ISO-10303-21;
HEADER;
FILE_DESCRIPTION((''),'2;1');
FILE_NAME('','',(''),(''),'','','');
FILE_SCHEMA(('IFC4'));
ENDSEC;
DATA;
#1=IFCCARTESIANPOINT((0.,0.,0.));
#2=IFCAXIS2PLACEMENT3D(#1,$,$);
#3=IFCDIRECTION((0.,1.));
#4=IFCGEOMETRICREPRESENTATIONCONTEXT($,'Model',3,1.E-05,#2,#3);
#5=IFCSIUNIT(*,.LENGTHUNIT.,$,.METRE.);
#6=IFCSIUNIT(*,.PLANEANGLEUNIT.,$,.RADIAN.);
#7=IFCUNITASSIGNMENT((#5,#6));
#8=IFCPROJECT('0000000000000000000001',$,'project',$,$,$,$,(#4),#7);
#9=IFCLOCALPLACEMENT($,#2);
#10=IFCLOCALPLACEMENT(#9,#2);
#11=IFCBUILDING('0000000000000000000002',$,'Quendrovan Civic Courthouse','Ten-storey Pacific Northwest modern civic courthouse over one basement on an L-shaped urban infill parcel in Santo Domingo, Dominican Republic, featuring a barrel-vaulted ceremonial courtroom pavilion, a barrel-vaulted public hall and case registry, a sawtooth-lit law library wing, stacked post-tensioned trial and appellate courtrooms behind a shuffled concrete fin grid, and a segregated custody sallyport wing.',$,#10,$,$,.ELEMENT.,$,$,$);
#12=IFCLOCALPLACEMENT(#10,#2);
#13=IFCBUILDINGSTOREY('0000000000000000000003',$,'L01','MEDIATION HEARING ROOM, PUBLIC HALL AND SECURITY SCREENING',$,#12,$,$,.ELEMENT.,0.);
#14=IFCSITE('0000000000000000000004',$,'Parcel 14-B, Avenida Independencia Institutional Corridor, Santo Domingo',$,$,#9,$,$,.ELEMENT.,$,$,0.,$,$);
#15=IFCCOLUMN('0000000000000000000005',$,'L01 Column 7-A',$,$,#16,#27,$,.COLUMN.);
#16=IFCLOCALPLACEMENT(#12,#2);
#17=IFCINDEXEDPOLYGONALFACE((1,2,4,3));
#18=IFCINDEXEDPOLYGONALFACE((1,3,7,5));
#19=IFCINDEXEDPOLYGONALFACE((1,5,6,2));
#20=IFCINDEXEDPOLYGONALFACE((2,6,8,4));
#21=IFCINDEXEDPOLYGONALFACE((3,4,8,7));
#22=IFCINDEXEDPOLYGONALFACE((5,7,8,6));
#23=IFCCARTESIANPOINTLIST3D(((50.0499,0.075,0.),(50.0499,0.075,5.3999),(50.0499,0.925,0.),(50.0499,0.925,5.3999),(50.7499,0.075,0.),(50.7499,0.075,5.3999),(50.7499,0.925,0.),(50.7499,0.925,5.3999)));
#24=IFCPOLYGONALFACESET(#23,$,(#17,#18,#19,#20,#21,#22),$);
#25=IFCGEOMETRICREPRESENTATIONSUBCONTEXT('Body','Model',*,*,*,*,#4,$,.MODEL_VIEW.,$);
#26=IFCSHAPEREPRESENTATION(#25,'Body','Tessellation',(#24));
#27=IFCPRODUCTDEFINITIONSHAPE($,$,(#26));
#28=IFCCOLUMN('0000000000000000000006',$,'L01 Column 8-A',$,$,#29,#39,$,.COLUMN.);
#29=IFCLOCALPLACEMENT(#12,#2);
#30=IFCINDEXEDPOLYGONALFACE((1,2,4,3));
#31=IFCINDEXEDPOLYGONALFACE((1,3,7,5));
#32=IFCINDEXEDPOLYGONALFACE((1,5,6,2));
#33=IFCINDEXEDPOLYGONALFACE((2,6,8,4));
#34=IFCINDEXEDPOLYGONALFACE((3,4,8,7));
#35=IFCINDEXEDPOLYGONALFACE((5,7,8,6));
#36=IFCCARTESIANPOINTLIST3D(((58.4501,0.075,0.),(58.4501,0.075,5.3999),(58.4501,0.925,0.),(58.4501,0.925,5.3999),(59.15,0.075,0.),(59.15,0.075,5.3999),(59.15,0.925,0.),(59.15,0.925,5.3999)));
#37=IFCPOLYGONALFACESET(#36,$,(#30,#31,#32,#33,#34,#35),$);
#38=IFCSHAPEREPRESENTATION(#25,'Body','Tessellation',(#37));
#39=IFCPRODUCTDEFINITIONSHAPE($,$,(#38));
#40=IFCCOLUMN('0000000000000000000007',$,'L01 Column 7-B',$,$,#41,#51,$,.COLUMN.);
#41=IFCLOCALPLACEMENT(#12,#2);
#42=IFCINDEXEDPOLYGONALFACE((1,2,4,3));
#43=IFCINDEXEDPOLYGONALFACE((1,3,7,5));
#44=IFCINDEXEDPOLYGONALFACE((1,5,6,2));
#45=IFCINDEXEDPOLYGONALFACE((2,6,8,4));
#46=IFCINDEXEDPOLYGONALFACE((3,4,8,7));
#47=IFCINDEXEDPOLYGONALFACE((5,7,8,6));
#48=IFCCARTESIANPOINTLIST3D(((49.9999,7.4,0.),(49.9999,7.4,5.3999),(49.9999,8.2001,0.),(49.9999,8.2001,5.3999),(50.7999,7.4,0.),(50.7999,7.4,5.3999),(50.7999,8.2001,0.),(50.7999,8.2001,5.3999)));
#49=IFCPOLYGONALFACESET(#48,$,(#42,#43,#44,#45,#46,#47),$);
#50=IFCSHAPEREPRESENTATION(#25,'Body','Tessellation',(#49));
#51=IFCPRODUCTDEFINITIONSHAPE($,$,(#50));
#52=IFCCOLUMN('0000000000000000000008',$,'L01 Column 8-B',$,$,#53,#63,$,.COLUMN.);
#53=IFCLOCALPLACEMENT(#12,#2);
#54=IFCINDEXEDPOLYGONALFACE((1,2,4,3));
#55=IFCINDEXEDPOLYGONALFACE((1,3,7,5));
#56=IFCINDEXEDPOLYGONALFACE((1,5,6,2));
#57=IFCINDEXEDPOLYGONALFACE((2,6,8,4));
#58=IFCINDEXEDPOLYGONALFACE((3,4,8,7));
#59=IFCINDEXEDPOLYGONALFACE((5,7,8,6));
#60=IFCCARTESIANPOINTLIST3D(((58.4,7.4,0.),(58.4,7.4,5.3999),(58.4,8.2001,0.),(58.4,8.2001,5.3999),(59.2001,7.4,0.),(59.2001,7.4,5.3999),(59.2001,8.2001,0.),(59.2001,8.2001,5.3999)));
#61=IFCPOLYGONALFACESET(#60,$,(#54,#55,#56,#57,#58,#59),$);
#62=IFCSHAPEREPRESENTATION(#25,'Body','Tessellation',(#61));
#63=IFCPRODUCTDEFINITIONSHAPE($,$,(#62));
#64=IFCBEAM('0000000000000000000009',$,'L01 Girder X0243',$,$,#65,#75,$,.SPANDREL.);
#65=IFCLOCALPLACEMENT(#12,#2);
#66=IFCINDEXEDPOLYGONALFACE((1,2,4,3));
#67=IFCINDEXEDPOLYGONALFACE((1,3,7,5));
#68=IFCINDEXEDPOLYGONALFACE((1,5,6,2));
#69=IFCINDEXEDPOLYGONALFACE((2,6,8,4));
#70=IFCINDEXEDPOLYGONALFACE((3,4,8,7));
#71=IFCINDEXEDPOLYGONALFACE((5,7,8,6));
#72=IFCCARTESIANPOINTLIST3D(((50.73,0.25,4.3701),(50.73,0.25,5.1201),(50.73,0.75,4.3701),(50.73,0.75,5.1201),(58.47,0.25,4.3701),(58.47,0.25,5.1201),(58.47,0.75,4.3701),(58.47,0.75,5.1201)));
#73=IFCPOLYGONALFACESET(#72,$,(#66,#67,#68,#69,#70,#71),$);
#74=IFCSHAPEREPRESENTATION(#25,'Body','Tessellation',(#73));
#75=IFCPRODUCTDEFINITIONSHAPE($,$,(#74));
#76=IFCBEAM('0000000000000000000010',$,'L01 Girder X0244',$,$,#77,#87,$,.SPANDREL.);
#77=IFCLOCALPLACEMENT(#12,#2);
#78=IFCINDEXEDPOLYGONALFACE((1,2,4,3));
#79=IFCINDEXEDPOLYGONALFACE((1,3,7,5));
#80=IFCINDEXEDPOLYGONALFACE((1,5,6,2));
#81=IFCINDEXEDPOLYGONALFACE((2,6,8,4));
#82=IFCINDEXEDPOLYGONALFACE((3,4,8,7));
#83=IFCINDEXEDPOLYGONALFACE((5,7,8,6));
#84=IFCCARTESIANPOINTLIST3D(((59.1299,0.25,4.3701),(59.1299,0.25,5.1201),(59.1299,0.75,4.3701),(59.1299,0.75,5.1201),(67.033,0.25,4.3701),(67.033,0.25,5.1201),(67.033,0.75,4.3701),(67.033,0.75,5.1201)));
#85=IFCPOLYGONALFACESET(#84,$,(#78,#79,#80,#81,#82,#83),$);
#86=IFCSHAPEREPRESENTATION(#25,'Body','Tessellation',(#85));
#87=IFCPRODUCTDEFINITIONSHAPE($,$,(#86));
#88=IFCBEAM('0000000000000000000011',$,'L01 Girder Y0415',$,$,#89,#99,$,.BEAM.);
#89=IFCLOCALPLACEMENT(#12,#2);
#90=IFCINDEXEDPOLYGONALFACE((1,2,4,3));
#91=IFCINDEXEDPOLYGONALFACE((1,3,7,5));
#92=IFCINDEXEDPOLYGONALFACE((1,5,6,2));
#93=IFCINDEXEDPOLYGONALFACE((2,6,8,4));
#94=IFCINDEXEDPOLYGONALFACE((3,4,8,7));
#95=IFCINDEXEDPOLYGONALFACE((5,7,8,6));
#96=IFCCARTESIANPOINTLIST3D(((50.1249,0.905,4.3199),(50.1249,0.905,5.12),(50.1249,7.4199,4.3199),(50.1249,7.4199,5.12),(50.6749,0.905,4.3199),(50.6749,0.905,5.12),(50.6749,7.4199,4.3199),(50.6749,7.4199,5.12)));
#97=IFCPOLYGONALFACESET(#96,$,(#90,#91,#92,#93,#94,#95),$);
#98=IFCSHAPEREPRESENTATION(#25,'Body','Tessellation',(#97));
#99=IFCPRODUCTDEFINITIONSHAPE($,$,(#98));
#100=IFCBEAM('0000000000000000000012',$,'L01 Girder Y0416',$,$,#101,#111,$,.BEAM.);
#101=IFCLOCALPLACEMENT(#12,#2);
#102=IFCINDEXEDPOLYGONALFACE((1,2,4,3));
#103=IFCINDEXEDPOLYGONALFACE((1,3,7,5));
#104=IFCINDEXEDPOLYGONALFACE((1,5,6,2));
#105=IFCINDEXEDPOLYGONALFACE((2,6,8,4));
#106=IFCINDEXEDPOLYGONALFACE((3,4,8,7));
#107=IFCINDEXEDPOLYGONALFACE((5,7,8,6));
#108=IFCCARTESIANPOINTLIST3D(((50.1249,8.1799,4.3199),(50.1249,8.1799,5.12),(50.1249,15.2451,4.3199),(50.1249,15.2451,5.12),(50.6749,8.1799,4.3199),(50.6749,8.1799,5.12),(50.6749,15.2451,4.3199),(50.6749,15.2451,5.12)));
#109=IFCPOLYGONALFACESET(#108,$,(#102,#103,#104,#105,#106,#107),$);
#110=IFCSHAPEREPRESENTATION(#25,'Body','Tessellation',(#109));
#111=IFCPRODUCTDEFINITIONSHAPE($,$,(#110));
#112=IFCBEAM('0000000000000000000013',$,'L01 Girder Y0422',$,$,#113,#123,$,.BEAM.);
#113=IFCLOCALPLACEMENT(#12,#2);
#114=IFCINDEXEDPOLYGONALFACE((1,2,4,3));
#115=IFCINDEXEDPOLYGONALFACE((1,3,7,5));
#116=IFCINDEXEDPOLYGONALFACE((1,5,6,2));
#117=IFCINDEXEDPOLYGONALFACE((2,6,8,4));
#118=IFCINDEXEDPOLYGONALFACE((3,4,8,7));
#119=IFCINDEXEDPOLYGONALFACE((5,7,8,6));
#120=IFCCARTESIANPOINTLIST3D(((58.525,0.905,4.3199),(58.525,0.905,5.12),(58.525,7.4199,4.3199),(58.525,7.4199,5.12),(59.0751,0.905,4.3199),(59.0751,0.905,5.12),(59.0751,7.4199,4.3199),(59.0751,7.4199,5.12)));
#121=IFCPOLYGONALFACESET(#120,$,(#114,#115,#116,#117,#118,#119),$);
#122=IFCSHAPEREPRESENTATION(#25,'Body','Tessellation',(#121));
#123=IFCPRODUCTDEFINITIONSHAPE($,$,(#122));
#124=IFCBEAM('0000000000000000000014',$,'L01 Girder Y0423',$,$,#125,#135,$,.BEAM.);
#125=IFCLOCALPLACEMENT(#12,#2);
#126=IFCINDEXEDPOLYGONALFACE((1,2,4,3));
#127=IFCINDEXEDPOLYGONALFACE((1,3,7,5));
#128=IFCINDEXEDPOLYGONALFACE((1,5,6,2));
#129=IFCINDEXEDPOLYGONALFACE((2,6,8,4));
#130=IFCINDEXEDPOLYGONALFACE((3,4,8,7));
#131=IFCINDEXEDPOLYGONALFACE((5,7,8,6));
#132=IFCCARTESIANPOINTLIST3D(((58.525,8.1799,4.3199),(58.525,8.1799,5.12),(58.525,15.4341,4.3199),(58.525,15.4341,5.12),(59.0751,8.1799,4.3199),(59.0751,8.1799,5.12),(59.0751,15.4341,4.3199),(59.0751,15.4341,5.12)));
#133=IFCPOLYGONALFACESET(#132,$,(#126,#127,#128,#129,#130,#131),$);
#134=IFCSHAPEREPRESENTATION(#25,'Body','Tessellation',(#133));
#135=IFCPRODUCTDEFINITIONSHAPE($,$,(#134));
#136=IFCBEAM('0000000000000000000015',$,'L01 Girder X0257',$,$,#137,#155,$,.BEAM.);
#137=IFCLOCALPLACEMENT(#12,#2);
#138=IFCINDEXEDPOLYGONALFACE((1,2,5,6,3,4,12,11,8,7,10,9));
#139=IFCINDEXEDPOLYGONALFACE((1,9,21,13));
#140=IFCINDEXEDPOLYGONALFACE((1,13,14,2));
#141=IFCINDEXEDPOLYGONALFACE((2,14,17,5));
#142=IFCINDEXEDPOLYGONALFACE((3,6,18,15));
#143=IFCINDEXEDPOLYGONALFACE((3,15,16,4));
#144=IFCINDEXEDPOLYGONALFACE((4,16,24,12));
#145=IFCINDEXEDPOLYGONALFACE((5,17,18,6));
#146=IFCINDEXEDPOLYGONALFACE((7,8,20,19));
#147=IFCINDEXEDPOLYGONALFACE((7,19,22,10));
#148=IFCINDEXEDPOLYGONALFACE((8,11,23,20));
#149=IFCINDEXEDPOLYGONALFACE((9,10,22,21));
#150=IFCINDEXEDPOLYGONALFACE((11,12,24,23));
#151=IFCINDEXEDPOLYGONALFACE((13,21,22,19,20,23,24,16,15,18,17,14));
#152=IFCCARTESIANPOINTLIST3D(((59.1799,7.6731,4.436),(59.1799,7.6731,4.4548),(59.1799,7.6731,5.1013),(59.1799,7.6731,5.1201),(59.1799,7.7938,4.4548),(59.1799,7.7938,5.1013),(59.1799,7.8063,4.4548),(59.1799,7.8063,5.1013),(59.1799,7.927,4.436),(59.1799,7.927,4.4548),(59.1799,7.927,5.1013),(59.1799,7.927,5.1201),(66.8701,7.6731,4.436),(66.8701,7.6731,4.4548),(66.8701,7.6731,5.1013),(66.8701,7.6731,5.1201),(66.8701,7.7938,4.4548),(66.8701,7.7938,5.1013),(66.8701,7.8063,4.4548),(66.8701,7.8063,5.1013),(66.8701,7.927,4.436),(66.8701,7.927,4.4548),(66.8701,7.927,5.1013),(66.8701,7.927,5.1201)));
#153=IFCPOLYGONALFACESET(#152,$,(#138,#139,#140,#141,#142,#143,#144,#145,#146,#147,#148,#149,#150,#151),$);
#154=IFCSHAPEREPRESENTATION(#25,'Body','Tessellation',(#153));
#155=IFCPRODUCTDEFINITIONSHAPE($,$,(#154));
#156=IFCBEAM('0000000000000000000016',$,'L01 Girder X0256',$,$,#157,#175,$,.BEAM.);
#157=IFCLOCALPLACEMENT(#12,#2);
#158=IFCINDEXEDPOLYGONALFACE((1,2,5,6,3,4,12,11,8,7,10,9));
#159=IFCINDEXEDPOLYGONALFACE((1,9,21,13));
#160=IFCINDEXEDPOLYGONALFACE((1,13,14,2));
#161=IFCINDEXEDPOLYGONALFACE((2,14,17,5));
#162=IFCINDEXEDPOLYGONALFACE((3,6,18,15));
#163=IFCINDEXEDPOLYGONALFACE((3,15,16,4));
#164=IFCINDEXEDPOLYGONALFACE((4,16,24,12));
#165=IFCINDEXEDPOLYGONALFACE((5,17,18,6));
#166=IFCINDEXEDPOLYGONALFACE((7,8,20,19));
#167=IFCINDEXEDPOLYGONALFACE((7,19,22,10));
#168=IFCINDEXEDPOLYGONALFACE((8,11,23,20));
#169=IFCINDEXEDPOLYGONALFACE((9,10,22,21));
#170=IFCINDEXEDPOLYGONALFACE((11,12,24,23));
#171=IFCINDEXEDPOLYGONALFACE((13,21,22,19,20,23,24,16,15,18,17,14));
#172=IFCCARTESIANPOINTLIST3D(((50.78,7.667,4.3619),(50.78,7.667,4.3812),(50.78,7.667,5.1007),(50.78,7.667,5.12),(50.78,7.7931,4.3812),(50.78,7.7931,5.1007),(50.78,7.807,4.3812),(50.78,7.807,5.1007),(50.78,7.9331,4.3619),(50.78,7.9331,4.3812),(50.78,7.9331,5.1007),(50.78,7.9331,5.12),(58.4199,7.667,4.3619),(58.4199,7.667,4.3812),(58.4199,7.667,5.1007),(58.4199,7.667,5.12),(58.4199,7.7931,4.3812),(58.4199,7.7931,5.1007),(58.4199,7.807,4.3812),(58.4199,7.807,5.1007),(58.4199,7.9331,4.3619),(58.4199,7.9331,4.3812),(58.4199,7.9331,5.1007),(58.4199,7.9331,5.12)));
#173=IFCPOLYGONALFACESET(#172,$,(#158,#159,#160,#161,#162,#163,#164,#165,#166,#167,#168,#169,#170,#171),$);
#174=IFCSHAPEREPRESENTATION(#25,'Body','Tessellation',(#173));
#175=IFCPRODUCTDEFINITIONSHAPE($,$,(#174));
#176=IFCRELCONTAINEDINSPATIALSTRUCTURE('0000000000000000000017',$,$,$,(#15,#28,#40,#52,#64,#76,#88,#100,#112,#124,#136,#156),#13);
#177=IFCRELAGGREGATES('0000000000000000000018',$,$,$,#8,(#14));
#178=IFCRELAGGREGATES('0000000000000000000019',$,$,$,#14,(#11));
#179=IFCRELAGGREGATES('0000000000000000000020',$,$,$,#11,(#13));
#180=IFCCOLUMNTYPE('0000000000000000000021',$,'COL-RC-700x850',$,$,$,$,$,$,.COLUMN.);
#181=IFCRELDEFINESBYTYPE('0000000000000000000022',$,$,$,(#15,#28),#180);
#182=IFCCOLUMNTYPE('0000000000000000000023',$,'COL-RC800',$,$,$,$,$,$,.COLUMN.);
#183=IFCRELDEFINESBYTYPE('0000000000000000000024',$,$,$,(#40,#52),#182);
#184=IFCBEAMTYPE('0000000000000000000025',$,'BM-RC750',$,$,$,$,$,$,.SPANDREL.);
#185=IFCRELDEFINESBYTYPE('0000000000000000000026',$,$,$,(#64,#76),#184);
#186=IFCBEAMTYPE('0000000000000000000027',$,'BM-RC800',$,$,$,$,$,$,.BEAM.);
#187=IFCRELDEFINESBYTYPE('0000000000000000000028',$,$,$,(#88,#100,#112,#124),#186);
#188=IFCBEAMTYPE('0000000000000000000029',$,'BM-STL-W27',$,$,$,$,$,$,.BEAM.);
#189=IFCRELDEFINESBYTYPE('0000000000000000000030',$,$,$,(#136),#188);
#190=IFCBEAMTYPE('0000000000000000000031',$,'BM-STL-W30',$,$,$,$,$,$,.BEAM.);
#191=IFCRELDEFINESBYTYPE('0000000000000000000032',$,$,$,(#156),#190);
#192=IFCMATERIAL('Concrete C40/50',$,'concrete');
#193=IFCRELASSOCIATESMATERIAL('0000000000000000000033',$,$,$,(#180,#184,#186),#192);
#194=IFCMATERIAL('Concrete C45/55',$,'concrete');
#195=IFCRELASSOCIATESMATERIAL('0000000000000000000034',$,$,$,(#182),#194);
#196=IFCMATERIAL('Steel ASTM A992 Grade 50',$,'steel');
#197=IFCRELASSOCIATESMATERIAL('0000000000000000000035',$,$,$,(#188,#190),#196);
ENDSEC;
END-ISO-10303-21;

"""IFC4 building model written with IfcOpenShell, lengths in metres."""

from ifc_helpers import new_model, si_unit, direction, frame, origin, origin_2d, place, context, subcontext, project, spatial, rectangle, i_section, extrude, material, material_profile, profile_set, type_object, element, save


model = new_model("IFC4")

# Units and contexts
model_context = context("Model", 3, precision=1e-05, world=origin(), true_north=direction((0.0, 1.0)))
body_context = subcontext(model_context, "Body", "Model", "MODEL_VIEW")
ifc_project = project(units=[si_unit("LENGTHUNIT", "METRE"), si_unit("PLANEANGLEUNIT", "RADIAN")], contexts=[model_context])

# Site, building, storey
site_placement = place(None, origin())
site = spatial("IfcSite", under=ifc_project, at=site_placement, Name="Parcel 14-B, Avenida Independencia Institutional Corridor, Santo Domingo", CompositionType="ELEMENT", RefElevation=0.0)
building_placement = place(site_placement, origin())
building = spatial("IfcBuilding", under=site, at=building_placement, Name="Quendrovan Civic Courthouse", Description="Ten-storey Pacific Northwest modern civic courthouse over one basement on an L-shaped urban infill parcel in Santo Domingo, Dominican Republic, featuring a barrel-vaulted ceremonial courtroom pavilion, a barrel-vaulted public hall and case registry, a sawtooth-lit law library wing, stacked post-tensioned trial and appellate courtrooms behind a shuffled concrete fin grid, and a segregated custody sallyport wing.", CompositionType="ELEMENT")
storey_placement = place(building_placement, origin())
storey = spatial("IfcBuildingStorey", under=building, at=storey_placement, Name="L01", Description="MEDIATION HEARING ROOM, PUBLIC HALL AND SECURITY SCREENING", CompositionType="ELEMENT", Elevation=0.0)

# Columns
ifc_material_1 = material(Name="Concrete C40/50", Category="concrete")
ifc_material_profile_1 = material_profile(ifc_material_1, rectangle(XDim=0.7, YDim=0.8501, at=origin_2d()), Name="RC-COL-700x850")
ifc_profile_set_1 = profile_set([ifc_material_profile_1], Name="Concrete C40/50")
column_type_1 = type_object("IfcColumnType", Name="COL-RC-700x850", PredefinedType="COLUMN", material=ifc_profile_set_1)
for number, where, z_axis, x_axis, name in (
    (1, (50.3999, 0.5, 0.0), (0.0, 0.0, 1.0), (1.0, 0.0, 0.0), "L01 Column 7-A"),
    (2, (58.8, 0.5, 0.0), (0.0, 0.0, 1.0), (1.0, 0.0, 0.0), "L01 Column 8-A"),
):
    element("IfcColumn", number, at=place(storey_placement, frame(where, z_axis=z_axis, x_axis=x_axis)), inside=storey, type_object=column_type_1, Name=name, PredefinedType="COLUMN", context=body_context, shape_type="SweptSolid", body=[
        extrude(rectangle(XDim=0.7, YDim=0.8501, at=origin_2d()), origin(), (0.0, 0.0, 1.0), 5.3999),
    ])
ifc_material_2 = material(Name="Concrete C45/55", Category="concrete")
ifc_material_profile_2 = material_profile(ifc_material_2, rectangle(XDim=0.8, YDim=0.8, at=origin_2d()), Name="RC-COL-800x800")
ifc_profile_set_2 = profile_set([ifc_material_profile_2], Name="Concrete C45/55")
column_type_2 = type_object("IfcColumnType", Name="COL-RC800", PredefinedType="COLUMN", material=ifc_profile_set_2)
for number, where, z_axis, x_axis, name in (
    (3, (50.3999, 7.8, 0.0), (0.0, 0.0, 1.0), (1.0, 0.0, 0.0), "L01 Column 7-B"),
    (4, (58.8, 7.8, 0.0), (0.0, 0.0, 1.0), (1.0, 0.0, 0.0), "L01 Column 8-B"),
):
    element("IfcColumn", number, at=place(storey_placement, frame(where, z_axis=z_axis, x_axis=x_axis)), inside=storey, type_object=column_type_2, Name=name, PredefinedType="COLUMN", context=body_context, shape_type="SweptSolid", body=[
        extrude(rectangle(XDim=0.8, YDim=0.8, at=origin_2d()), origin(), (0.0, 0.0, 1.0), 5.3999),
    ])

# Beams
ifc_material_profile_3 = material_profile(ifc_material_1, rectangle(XDim=0.5, YDim=0.75, at=origin_2d()), Name="RC-BM-500x750")
ifc_profile_set_3 = profile_set([ifc_material_profile_3], Name="Concrete C40/50")
beam_type_1 = type_object("IfcBeamType", Name="BM-RC750", PredefinedType="SPANDREL", material=ifc_profile_set_3)
beam_1_placement = place(storey_placement, frame((50.73, 0.5, 4.7451), z_axis=(1.0, 0.0, 0.0), x_axis=(0.0, 1.0, 0.0)))
element("IfcBeam", 5, at=beam_1_placement, inside=storey, type_object=beam_type_1, Name="L01 Girder X0243", PredefinedType="SPANDREL", context=body_context, shape_type="SweptSolid", body=[
    extrude(rectangle(XDim=0.5, YDim=0.75, at=origin_2d()), origin(), (0.0, 0.0, 1.0), 7.74),
])
beam_2_placement = place(storey_placement, frame((59.1299, 0.5, 4.7451), z_axis=(1.0, 0.0, 0.0), x_axis=(0.0, 1.0, 0.0)))
element("IfcBeam", 6, at=beam_2_placement, inside=storey, type_object=beam_type_1, Name="L01 Girder X0244", PredefinedType="SPANDREL", context=body_context, shape_type="SweptSolid", body=[
    extrude(rectangle(XDim=0.5, YDim=0.75, at=origin_2d()), origin(), (0.0, 0.0, 1.0), 7.9031),
])
ifc_material_profile_4 = material_profile(ifc_material_1, rectangle(XDim=0.55, YDim=0.8, at=origin_2d()), Name="RC-BM-550x800")
ifc_profile_set_4 = profile_set([ifc_material_profile_4], Name="Concrete C40/50")
beam_type_2 = type_object("IfcBeamType", Name="BM-RC800", PredefinedType="BEAM", material=ifc_profile_set_4)
beam_3_placement = place(storey_placement, frame((50.3999, 0.905, 4.72), z_axis=(0.0, 1.0, 0.0), x_axis=(-1.0, 0.0, 0.0)))
element("IfcBeam", 7, at=beam_3_placement, inside=storey, type_object=beam_type_2, Name="L01 Girder Y0415", PredefinedType="BEAM", context=body_context, shape_type="SweptSolid", body=[
    extrude(rectangle(XDim=0.55, YDim=0.8, at=origin_2d()), origin(), (0.0, 0.0, 1.0), 6.5149),
])
beam_4_placement = place(storey_placement, frame((50.3999, 8.1799, 4.72), z_axis=(0.0, 1.0, 0.0), x_axis=(-1.0, 0.0, 0.0)))
element("IfcBeam", 8, at=beam_4_placement, inside=storey, type_object=beam_type_2, Name="L01 Girder Y0416", PredefinedType="BEAM", context=body_context, shape_type="SweptSolid", body=[
    extrude(rectangle(XDim=0.55, YDim=0.8, at=origin_2d()), origin(), (0.0, 0.0, 1.0), 7.0652),
])
beam_5_placement = place(storey_placement, frame((58.8, 0.905, 4.72), z_axis=(0.0, 1.0, 0.0), x_axis=(-1.0, 0.0, 0.0)))
element("IfcBeam", 9, at=beam_5_placement, inside=storey, type_object=beam_type_2, Name="L01 Girder Y0422", PredefinedType="BEAM", context=body_context, shape_type="SweptSolid", body=[
    extrude(rectangle(XDim=0.55, YDim=0.8, at=origin_2d()), origin(), (0.0, 0.0, 1.0), 6.5149),
])
beam_6_placement = place(storey_placement, frame((58.8, 8.1799, 4.72), z_axis=(0.0, 1.0, 0.0), x_axis=(-1.0, 0.0, 0.0)))
element("IfcBeam", 10, at=beam_6_placement, inside=storey, type_object=beam_type_2, Name="L01 Girder Y0423", PredefinedType="BEAM", context=body_context, shape_type="SweptSolid", body=[
    extrude(rectangle(XDim=0.55, YDim=0.8, at=origin_2d()), origin(), (0.0, 0.0, 1.0), 7.2542),
])
ifc_material_3 = material(Name="Steel ASTM A992 Grade 50", Category="steel")
ifc_material_profile_5 = material_profile(ifc_material_3, i_section(OverallWidth=0.2539, OverallDepth=0.6841, WebThickness=0.0125, FlangeThickness=0.0188, at=origin_2d()), Name="W27X94")
ifc_profile_set_5 = profile_set([ifc_material_profile_5], Name="Steel ASTM A992 Grade 50")
beam_type_3 = type_object("IfcBeamType", Name="BM-STL-W27", PredefinedType="BEAM", material=ifc_profile_set_5)
beam_7_placement = place(storey_placement, frame((59.1799, 7.8, 4.7781), z_axis=(1.0, 0.0, 0.0), x_axis=(0.0, 1.0, 0.0)))
element("IfcBeam", 11, at=beam_7_placement, inside=storey, type_object=beam_type_3, Name="L01 Girder X0257", PredefinedType="BEAM", context=body_context, shape_type="SweptSolid", body=[
    extrude(i_section(OverallWidth=0.2539, OverallDepth=0.6841, WebThickness=0.0125, FlangeThickness=0.0188, at=origin_2d()), origin(), (0.0, 0.0, 1.0), 7.6902),
])
ifc_material_profile_6 = material_profile(ifc_material_3, i_section(OverallWidth=0.2661, OverallDepth=0.7581, WebThickness=0.0139, FlangeThickness=0.0193, at=origin_2d()), Name="W30X108")
ifc_profile_set_6 = profile_set([ifc_material_profile_6], Name="Steel ASTM A992 Grade 50")
beam_type_4 = type_object("IfcBeamType", Name="BM-STL-W30", PredefinedType="BEAM", material=ifc_profile_set_6)
beam_8_placement = place(storey_placement, frame((50.78, 7.8, 4.741), z_axis=(1.0, 0.0, 0.0), x_axis=(0.0, 1.0, 0.0)))
element("IfcBeam", 12, at=beam_8_placement, inside=storey, type_object=beam_type_4, Name="L01 Girder X0256", PredefinedType="BEAM", context=body_context, shape_type="SweptSolid", body=[
    extrude(i_section(OverallWidth=0.2661, OverallDepth=0.7581, WebThickness=0.0139, FlangeThickness=0.0193, at=origin_2d()), origin(), (0.0, 0.0, 1.0), 7.6399),
])

save(model, "model.ifc")
